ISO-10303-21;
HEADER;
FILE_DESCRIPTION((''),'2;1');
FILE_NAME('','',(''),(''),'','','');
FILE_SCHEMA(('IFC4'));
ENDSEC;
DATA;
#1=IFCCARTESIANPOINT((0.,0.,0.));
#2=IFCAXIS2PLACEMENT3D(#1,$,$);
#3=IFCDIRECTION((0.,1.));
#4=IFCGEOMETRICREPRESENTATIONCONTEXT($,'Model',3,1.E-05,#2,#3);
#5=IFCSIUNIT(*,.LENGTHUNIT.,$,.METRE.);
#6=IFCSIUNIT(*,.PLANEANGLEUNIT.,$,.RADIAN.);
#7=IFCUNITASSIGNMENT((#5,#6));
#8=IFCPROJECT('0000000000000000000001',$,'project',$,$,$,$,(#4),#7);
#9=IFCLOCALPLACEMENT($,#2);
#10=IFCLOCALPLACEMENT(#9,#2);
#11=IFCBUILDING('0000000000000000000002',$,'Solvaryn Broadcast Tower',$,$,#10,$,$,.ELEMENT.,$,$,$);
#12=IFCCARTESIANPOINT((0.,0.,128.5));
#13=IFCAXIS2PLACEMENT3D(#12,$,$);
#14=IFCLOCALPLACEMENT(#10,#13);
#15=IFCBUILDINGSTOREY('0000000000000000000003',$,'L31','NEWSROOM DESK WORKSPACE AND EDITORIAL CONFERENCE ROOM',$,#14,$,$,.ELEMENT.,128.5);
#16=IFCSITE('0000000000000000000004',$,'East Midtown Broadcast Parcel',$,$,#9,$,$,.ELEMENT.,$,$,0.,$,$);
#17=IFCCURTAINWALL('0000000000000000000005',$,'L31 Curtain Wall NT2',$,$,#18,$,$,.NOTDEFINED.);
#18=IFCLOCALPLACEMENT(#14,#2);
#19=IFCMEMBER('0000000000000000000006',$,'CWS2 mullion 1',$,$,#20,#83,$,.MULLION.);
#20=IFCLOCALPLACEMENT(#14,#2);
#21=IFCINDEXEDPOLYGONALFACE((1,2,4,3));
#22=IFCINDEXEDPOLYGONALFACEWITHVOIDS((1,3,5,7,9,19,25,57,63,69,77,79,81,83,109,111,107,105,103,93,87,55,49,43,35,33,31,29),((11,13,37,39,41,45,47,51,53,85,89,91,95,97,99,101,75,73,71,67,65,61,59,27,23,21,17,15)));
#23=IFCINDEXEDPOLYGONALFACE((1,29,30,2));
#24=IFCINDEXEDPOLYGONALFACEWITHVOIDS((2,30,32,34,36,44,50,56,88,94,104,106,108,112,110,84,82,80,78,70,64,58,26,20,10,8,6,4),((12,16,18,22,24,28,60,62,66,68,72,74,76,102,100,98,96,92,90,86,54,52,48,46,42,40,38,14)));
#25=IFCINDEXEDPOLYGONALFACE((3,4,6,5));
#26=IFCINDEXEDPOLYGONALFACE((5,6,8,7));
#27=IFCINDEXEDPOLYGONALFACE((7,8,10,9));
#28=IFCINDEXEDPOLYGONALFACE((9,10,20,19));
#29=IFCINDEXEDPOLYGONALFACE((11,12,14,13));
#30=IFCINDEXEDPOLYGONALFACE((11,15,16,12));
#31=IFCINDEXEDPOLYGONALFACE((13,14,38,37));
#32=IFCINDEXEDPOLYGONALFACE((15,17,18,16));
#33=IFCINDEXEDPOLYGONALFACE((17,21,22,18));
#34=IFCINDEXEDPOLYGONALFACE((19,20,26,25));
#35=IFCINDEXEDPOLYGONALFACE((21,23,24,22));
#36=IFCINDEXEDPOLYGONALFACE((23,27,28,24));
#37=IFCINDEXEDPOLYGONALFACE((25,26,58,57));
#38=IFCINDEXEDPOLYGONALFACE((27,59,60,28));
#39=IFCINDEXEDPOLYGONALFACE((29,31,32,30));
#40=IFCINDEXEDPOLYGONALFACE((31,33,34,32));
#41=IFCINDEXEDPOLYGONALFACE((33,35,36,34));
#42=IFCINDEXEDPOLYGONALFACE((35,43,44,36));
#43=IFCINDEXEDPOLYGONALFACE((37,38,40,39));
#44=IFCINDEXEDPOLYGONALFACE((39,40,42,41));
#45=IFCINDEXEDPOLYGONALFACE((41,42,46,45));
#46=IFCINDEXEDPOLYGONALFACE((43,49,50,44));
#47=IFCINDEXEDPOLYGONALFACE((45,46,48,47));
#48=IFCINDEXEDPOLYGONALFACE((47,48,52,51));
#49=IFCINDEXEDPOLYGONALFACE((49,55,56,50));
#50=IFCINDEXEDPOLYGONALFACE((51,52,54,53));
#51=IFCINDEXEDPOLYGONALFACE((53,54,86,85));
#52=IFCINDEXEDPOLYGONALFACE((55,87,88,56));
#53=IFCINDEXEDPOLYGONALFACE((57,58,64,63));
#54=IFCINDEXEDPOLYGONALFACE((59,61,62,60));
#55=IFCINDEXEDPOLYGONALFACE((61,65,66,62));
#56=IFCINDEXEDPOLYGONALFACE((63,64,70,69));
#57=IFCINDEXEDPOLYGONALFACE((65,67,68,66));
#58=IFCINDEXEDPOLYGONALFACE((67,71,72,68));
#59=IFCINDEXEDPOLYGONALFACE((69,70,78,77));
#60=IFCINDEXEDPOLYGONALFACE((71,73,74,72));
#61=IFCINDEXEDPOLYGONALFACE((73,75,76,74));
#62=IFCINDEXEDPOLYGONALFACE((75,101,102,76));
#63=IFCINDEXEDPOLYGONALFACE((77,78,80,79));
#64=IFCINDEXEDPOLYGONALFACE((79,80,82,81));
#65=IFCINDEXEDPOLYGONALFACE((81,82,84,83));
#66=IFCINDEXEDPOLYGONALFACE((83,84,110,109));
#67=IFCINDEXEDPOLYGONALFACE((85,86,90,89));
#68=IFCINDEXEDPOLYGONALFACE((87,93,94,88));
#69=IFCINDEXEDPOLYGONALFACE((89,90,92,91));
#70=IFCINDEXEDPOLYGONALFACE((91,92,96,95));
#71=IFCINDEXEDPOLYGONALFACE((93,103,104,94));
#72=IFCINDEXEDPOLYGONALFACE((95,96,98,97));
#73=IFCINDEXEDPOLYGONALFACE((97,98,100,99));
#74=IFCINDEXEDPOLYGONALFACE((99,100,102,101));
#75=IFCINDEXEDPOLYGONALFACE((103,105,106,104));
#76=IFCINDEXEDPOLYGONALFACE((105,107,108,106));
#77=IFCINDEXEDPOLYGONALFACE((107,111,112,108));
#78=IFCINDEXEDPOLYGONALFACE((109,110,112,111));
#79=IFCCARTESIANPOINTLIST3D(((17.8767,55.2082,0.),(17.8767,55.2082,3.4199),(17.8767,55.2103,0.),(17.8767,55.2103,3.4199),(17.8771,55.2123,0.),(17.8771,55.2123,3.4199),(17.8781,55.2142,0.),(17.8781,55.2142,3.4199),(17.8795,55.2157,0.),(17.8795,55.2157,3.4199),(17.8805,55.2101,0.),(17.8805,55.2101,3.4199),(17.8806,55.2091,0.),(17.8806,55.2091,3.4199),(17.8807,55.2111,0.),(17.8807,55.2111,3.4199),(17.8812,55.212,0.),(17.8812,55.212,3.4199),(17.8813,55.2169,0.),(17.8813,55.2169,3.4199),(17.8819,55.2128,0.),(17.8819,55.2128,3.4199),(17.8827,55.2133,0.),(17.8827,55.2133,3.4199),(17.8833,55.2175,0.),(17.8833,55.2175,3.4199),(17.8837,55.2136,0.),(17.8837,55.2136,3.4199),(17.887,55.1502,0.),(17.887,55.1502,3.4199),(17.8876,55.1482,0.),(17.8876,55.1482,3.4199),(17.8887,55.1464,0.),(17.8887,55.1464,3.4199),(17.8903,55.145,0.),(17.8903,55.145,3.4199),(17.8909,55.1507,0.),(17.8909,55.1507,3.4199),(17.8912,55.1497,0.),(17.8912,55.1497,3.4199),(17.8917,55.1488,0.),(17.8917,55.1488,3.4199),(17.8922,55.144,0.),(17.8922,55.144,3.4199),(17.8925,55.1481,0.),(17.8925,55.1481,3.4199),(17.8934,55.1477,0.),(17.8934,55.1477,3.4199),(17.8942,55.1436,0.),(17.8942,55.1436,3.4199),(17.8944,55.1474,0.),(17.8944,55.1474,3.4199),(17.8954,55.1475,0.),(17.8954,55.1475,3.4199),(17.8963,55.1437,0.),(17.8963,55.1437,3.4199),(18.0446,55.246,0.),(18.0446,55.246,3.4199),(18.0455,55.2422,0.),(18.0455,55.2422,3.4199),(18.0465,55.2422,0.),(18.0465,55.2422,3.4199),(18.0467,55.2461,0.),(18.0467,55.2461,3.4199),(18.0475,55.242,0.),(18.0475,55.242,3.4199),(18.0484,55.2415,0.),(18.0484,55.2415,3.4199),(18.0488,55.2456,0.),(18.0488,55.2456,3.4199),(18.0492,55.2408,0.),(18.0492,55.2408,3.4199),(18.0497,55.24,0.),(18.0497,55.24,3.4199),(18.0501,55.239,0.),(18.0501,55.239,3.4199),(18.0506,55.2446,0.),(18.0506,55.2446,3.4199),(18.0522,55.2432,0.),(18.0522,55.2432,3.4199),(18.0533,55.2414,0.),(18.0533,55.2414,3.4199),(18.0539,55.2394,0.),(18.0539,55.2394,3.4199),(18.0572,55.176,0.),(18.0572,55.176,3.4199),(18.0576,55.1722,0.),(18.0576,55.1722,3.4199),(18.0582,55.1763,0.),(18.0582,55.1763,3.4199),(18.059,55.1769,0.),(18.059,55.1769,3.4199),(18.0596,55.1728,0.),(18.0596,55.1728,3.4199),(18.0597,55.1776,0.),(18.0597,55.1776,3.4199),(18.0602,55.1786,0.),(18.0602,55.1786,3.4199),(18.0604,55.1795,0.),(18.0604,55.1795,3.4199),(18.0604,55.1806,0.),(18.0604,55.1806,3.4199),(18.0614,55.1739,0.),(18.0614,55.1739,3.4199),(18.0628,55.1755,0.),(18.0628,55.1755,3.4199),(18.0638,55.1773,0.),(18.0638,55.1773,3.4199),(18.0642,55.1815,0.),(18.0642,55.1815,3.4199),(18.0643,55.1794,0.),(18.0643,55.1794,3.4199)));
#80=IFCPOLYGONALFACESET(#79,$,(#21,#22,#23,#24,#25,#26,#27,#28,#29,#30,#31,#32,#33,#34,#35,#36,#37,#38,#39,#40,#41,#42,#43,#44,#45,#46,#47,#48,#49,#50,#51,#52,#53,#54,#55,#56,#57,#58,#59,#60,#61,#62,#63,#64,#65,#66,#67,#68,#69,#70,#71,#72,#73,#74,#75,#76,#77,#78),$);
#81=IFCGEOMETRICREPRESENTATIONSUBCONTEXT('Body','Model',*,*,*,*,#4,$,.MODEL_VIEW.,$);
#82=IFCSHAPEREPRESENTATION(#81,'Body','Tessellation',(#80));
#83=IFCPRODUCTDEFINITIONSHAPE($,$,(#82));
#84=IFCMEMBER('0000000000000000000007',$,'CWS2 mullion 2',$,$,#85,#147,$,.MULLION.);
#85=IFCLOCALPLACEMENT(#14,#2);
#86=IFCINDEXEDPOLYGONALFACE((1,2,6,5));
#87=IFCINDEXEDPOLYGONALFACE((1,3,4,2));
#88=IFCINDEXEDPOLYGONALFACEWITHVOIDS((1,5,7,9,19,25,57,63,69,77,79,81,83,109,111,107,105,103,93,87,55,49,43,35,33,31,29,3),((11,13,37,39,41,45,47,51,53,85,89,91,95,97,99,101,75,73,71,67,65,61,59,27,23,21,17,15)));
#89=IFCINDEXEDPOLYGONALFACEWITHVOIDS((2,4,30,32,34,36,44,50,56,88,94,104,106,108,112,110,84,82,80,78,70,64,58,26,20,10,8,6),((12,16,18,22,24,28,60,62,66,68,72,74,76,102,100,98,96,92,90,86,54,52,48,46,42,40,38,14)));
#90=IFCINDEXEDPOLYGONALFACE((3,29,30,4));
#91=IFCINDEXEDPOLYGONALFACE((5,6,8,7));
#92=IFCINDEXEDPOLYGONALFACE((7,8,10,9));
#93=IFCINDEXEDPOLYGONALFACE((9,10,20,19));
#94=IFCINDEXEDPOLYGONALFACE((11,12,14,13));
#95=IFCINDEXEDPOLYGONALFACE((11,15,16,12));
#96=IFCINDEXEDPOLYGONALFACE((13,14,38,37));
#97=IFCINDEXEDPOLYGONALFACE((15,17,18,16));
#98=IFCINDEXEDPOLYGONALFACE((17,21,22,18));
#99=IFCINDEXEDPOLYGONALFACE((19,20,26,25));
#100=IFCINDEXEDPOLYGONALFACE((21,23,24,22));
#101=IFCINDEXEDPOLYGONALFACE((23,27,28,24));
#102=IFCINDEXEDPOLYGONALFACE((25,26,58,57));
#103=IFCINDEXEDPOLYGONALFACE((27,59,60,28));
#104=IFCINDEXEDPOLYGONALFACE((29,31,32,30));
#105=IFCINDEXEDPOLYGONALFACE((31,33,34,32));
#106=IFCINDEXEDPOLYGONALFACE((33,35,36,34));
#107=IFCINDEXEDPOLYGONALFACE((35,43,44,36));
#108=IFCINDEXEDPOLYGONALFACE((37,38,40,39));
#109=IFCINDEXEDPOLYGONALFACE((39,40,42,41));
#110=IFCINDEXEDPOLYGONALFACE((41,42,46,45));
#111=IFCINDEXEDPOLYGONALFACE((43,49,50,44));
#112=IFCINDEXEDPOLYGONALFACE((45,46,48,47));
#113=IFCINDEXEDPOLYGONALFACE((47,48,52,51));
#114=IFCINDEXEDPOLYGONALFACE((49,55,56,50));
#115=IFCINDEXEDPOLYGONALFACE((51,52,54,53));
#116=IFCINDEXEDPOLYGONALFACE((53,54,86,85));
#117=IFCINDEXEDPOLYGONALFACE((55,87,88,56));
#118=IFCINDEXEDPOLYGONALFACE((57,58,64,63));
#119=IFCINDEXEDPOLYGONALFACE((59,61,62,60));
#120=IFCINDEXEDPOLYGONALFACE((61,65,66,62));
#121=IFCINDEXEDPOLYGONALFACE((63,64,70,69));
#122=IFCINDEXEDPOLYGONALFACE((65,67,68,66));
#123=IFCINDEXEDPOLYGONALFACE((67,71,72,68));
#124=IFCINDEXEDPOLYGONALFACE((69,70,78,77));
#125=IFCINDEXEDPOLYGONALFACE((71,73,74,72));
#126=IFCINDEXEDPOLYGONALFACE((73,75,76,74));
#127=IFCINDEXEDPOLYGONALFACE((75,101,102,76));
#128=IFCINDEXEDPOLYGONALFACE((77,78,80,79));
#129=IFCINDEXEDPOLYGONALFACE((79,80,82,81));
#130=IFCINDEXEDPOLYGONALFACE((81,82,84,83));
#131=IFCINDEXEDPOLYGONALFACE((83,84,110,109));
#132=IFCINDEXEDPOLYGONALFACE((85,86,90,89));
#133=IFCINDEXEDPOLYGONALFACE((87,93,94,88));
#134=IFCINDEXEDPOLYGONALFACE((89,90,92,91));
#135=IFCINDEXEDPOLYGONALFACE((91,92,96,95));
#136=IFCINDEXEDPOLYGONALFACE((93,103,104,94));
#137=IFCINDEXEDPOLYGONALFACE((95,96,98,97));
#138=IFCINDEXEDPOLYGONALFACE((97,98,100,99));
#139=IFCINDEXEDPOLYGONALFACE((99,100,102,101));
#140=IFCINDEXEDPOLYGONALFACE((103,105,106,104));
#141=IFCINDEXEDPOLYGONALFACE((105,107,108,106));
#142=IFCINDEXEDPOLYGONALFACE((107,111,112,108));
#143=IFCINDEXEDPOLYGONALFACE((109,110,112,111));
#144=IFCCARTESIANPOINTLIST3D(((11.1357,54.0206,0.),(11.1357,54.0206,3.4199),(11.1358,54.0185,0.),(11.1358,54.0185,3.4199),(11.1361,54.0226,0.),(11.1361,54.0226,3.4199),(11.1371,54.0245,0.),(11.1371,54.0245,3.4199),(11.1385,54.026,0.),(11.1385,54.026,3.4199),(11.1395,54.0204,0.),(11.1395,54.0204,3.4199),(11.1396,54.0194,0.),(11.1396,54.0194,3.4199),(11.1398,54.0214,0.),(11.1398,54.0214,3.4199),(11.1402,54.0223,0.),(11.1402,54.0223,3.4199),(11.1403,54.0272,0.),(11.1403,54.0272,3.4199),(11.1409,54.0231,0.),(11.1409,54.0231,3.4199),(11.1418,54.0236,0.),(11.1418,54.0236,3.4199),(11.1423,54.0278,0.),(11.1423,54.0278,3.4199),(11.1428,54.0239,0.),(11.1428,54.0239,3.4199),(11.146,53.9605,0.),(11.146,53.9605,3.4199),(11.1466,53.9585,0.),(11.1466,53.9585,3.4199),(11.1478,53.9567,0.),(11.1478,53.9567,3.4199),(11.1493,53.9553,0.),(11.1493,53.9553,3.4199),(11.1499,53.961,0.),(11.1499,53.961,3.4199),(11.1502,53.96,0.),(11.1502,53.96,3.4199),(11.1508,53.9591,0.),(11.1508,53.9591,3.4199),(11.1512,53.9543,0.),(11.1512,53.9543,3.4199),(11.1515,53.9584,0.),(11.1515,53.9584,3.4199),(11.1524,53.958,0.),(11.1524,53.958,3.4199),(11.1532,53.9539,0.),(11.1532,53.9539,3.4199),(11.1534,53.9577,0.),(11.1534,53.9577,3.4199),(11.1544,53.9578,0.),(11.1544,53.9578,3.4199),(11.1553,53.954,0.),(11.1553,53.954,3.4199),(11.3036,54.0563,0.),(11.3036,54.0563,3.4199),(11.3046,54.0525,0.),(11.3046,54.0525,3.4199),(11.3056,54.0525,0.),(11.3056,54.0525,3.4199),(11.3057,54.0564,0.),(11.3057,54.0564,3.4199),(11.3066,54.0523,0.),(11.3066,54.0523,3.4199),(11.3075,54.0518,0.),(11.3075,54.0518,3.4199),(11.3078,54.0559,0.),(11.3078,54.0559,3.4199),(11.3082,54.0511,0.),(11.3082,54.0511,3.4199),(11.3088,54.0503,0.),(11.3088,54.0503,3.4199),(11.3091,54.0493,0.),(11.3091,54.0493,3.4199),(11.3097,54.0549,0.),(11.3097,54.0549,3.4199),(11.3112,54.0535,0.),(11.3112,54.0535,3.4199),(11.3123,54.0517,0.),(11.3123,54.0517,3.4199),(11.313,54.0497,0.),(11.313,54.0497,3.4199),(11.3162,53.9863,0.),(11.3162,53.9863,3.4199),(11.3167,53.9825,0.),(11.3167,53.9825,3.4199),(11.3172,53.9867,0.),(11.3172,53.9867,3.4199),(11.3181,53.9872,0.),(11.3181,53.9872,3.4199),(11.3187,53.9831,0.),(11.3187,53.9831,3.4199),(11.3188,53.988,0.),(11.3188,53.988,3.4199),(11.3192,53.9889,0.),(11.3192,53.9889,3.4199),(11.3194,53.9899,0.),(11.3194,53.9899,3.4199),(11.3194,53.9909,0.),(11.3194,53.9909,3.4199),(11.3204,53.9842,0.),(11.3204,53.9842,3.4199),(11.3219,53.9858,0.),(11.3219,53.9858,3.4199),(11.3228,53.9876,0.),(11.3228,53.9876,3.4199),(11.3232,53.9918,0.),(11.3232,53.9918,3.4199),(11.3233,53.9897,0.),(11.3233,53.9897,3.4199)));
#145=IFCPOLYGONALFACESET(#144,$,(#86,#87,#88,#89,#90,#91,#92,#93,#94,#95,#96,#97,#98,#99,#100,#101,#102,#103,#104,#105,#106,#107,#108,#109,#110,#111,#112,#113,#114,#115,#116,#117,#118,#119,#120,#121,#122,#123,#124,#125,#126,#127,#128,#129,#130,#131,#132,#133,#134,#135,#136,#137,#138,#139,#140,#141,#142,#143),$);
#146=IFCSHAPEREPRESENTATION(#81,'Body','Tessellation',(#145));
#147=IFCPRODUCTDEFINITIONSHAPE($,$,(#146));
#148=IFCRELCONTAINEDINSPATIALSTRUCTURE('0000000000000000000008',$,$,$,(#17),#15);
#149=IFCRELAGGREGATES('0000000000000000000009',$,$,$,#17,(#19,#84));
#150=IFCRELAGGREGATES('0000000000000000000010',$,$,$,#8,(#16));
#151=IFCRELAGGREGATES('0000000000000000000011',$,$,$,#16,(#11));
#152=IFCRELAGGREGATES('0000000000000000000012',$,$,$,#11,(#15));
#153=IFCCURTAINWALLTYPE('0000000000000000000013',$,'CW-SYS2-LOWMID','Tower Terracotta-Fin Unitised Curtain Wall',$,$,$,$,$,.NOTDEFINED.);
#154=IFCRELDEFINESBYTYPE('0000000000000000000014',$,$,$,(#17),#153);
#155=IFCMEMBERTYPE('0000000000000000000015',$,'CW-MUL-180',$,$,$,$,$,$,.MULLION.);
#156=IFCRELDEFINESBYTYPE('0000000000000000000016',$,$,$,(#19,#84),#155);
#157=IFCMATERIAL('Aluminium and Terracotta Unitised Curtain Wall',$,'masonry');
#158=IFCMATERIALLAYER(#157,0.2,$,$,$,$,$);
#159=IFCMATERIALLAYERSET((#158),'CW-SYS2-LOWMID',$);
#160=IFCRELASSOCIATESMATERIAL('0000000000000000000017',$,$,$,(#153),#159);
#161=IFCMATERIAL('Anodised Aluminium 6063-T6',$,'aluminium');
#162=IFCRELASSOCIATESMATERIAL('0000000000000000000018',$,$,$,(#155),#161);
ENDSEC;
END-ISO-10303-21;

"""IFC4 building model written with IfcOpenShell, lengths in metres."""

from ifc_helpers import new_model, si_unit, direction, frame, origin, origin_2d, place, context, subcontext, project, spatial, hollow_rectangle, extrude, material, layer, layer_set, material_profile, profile_set, type_object, element, aggregate, save


model = new_model("IFC4")

# Units and contexts
model_context = context("Model", 3, precision=1e-05, world=origin(), true_north=direction((0.0, 1.0)))
body_context = subcontext(model_context, "Body", "Model", "MODEL_VIEW")
ifc_project = project(units=[si_unit("LENGTHUNIT", "METRE"), si_unit("PLANEANGLEUNIT", "RADIAN")], contexts=[model_context])

# Site, building, storey
site_placement = place(None, origin())
site = spatial("IfcSite", under=ifc_project, at=site_placement, Name="East Midtown Broadcast Parcel", CompositionType="ELEMENT", RefElevation=0.0)
building_placement = place(site_placement, origin())
building = spatial("IfcBuilding", under=site, at=building_placement, Name="Solvaryn Broadcast Tower", CompositionType="ELEMENT")
storey_placement = place(building_placement, frame((0.0, 0.0, 128.5)))
storey = spatial("IfcBuildingStorey", under=building, at=storey_placement, Name="L31", Description="NEWSROOM DESK WORKSPACE AND EDITORIAL CONFERENCE ROOM", CompositionType="ELEMENT", Elevation=128.5)

# Shared definitions
ifc_material_1 = material(Name="Aluminium and Terracotta Unitised Curtain Wall", Category="masonry")
ifc_layer_1 = layer(ifc_material_1, 0.2)
ifc_layer_set_1 = layer_set([ifc_layer_1], Name="CW-SYS2-LOWMID")
curtain_wall_type = type_object("IfcCurtainWallType", Name="CW-SYS2-LOWMID", Description="Tower Terracotta-Fin Unitised Curtain Wall", PredefinedType="NOTDEFINED", material=ifc_layer_set_1)
ifc_material_2 = material(Name="Anodised Aluminium 6063-T6", Category="aluminium")
ifc_material_profile_1 = material_profile(ifc_material_2, hollow_rectangle(XDim=0.075, YDim=0.1799, WallThickness=0.0039, InnerFilletRadius=0.0039, OuterFilletRadius=0.0081, at=origin_2d()))
ifc_profile_set_1 = profile_set([ifc_material_profile_1], Name="Anodised Aluminium 6063-T6")
member_type_1 = type_object("IfcMemberType", Name="CW-MUL-180", PredefinedType="MULLION", material=ifc_profile_set_1)

# Curtain wall, members
curtain_wall_1_placement = place(storey_placement, origin())
curtain_wall_1 = element("IfcCurtainWall", 1, at=curtain_wall_1_placement, inside=storey, type_object=curtain_wall_type, Name="L31 Curtain Wall NT2", PredefinedType="NOTDEFINED")
member_1_placement = place(storey_placement, frame((17.9705, 55.1948, 0.0), z_axis=(0.0, 0.0, 1.0), x_axis=(0.173785, -0.984784, 0.0)))
member_1 = element("IfcMember", 2, at=member_1_placement, type_object=member_type_1, Name="CWS2 mullion 1", PredefinedType="MULLION", context=body_context, shape_type="SweptSolid", body=[
    extrude(hollow_rectangle(XDim=0.075, YDim=0.1799, WallThickness=0.0039, InnerFilletRadius=0.0039, OuterFilletRadius=0.0081, at=origin_2d()), origin(), (0.0, 0.0, 1.0), 3.4199),
])
member_2_placement = place(storey_placement, frame((11.2295, 54.0051, 0.0), z_axis=(0.0, 0.0, 1.0), x_axis=(0.173785, -0.984784, 0.0)))
member_2 = element("IfcMember", 3, at=member_2_placement, type_object=member_type_1, Name="CWS2 mullion 2", PredefinedType="MULLION", context=body_context, shape_type="SweptSolid", body=[
    extrude(hollow_rectangle(XDim=0.075, YDim=0.1799, WallThickness=0.0039, InnerFilletRadius=0.0039, OuterFilletRadius=0.0081, at=origin_2d()), origin(), (0.0, 0.0, 1.0), 3.4199),
])

aggregate(curtain_wall_1, [member_1, member_2])

save(model, "model.ifc")
